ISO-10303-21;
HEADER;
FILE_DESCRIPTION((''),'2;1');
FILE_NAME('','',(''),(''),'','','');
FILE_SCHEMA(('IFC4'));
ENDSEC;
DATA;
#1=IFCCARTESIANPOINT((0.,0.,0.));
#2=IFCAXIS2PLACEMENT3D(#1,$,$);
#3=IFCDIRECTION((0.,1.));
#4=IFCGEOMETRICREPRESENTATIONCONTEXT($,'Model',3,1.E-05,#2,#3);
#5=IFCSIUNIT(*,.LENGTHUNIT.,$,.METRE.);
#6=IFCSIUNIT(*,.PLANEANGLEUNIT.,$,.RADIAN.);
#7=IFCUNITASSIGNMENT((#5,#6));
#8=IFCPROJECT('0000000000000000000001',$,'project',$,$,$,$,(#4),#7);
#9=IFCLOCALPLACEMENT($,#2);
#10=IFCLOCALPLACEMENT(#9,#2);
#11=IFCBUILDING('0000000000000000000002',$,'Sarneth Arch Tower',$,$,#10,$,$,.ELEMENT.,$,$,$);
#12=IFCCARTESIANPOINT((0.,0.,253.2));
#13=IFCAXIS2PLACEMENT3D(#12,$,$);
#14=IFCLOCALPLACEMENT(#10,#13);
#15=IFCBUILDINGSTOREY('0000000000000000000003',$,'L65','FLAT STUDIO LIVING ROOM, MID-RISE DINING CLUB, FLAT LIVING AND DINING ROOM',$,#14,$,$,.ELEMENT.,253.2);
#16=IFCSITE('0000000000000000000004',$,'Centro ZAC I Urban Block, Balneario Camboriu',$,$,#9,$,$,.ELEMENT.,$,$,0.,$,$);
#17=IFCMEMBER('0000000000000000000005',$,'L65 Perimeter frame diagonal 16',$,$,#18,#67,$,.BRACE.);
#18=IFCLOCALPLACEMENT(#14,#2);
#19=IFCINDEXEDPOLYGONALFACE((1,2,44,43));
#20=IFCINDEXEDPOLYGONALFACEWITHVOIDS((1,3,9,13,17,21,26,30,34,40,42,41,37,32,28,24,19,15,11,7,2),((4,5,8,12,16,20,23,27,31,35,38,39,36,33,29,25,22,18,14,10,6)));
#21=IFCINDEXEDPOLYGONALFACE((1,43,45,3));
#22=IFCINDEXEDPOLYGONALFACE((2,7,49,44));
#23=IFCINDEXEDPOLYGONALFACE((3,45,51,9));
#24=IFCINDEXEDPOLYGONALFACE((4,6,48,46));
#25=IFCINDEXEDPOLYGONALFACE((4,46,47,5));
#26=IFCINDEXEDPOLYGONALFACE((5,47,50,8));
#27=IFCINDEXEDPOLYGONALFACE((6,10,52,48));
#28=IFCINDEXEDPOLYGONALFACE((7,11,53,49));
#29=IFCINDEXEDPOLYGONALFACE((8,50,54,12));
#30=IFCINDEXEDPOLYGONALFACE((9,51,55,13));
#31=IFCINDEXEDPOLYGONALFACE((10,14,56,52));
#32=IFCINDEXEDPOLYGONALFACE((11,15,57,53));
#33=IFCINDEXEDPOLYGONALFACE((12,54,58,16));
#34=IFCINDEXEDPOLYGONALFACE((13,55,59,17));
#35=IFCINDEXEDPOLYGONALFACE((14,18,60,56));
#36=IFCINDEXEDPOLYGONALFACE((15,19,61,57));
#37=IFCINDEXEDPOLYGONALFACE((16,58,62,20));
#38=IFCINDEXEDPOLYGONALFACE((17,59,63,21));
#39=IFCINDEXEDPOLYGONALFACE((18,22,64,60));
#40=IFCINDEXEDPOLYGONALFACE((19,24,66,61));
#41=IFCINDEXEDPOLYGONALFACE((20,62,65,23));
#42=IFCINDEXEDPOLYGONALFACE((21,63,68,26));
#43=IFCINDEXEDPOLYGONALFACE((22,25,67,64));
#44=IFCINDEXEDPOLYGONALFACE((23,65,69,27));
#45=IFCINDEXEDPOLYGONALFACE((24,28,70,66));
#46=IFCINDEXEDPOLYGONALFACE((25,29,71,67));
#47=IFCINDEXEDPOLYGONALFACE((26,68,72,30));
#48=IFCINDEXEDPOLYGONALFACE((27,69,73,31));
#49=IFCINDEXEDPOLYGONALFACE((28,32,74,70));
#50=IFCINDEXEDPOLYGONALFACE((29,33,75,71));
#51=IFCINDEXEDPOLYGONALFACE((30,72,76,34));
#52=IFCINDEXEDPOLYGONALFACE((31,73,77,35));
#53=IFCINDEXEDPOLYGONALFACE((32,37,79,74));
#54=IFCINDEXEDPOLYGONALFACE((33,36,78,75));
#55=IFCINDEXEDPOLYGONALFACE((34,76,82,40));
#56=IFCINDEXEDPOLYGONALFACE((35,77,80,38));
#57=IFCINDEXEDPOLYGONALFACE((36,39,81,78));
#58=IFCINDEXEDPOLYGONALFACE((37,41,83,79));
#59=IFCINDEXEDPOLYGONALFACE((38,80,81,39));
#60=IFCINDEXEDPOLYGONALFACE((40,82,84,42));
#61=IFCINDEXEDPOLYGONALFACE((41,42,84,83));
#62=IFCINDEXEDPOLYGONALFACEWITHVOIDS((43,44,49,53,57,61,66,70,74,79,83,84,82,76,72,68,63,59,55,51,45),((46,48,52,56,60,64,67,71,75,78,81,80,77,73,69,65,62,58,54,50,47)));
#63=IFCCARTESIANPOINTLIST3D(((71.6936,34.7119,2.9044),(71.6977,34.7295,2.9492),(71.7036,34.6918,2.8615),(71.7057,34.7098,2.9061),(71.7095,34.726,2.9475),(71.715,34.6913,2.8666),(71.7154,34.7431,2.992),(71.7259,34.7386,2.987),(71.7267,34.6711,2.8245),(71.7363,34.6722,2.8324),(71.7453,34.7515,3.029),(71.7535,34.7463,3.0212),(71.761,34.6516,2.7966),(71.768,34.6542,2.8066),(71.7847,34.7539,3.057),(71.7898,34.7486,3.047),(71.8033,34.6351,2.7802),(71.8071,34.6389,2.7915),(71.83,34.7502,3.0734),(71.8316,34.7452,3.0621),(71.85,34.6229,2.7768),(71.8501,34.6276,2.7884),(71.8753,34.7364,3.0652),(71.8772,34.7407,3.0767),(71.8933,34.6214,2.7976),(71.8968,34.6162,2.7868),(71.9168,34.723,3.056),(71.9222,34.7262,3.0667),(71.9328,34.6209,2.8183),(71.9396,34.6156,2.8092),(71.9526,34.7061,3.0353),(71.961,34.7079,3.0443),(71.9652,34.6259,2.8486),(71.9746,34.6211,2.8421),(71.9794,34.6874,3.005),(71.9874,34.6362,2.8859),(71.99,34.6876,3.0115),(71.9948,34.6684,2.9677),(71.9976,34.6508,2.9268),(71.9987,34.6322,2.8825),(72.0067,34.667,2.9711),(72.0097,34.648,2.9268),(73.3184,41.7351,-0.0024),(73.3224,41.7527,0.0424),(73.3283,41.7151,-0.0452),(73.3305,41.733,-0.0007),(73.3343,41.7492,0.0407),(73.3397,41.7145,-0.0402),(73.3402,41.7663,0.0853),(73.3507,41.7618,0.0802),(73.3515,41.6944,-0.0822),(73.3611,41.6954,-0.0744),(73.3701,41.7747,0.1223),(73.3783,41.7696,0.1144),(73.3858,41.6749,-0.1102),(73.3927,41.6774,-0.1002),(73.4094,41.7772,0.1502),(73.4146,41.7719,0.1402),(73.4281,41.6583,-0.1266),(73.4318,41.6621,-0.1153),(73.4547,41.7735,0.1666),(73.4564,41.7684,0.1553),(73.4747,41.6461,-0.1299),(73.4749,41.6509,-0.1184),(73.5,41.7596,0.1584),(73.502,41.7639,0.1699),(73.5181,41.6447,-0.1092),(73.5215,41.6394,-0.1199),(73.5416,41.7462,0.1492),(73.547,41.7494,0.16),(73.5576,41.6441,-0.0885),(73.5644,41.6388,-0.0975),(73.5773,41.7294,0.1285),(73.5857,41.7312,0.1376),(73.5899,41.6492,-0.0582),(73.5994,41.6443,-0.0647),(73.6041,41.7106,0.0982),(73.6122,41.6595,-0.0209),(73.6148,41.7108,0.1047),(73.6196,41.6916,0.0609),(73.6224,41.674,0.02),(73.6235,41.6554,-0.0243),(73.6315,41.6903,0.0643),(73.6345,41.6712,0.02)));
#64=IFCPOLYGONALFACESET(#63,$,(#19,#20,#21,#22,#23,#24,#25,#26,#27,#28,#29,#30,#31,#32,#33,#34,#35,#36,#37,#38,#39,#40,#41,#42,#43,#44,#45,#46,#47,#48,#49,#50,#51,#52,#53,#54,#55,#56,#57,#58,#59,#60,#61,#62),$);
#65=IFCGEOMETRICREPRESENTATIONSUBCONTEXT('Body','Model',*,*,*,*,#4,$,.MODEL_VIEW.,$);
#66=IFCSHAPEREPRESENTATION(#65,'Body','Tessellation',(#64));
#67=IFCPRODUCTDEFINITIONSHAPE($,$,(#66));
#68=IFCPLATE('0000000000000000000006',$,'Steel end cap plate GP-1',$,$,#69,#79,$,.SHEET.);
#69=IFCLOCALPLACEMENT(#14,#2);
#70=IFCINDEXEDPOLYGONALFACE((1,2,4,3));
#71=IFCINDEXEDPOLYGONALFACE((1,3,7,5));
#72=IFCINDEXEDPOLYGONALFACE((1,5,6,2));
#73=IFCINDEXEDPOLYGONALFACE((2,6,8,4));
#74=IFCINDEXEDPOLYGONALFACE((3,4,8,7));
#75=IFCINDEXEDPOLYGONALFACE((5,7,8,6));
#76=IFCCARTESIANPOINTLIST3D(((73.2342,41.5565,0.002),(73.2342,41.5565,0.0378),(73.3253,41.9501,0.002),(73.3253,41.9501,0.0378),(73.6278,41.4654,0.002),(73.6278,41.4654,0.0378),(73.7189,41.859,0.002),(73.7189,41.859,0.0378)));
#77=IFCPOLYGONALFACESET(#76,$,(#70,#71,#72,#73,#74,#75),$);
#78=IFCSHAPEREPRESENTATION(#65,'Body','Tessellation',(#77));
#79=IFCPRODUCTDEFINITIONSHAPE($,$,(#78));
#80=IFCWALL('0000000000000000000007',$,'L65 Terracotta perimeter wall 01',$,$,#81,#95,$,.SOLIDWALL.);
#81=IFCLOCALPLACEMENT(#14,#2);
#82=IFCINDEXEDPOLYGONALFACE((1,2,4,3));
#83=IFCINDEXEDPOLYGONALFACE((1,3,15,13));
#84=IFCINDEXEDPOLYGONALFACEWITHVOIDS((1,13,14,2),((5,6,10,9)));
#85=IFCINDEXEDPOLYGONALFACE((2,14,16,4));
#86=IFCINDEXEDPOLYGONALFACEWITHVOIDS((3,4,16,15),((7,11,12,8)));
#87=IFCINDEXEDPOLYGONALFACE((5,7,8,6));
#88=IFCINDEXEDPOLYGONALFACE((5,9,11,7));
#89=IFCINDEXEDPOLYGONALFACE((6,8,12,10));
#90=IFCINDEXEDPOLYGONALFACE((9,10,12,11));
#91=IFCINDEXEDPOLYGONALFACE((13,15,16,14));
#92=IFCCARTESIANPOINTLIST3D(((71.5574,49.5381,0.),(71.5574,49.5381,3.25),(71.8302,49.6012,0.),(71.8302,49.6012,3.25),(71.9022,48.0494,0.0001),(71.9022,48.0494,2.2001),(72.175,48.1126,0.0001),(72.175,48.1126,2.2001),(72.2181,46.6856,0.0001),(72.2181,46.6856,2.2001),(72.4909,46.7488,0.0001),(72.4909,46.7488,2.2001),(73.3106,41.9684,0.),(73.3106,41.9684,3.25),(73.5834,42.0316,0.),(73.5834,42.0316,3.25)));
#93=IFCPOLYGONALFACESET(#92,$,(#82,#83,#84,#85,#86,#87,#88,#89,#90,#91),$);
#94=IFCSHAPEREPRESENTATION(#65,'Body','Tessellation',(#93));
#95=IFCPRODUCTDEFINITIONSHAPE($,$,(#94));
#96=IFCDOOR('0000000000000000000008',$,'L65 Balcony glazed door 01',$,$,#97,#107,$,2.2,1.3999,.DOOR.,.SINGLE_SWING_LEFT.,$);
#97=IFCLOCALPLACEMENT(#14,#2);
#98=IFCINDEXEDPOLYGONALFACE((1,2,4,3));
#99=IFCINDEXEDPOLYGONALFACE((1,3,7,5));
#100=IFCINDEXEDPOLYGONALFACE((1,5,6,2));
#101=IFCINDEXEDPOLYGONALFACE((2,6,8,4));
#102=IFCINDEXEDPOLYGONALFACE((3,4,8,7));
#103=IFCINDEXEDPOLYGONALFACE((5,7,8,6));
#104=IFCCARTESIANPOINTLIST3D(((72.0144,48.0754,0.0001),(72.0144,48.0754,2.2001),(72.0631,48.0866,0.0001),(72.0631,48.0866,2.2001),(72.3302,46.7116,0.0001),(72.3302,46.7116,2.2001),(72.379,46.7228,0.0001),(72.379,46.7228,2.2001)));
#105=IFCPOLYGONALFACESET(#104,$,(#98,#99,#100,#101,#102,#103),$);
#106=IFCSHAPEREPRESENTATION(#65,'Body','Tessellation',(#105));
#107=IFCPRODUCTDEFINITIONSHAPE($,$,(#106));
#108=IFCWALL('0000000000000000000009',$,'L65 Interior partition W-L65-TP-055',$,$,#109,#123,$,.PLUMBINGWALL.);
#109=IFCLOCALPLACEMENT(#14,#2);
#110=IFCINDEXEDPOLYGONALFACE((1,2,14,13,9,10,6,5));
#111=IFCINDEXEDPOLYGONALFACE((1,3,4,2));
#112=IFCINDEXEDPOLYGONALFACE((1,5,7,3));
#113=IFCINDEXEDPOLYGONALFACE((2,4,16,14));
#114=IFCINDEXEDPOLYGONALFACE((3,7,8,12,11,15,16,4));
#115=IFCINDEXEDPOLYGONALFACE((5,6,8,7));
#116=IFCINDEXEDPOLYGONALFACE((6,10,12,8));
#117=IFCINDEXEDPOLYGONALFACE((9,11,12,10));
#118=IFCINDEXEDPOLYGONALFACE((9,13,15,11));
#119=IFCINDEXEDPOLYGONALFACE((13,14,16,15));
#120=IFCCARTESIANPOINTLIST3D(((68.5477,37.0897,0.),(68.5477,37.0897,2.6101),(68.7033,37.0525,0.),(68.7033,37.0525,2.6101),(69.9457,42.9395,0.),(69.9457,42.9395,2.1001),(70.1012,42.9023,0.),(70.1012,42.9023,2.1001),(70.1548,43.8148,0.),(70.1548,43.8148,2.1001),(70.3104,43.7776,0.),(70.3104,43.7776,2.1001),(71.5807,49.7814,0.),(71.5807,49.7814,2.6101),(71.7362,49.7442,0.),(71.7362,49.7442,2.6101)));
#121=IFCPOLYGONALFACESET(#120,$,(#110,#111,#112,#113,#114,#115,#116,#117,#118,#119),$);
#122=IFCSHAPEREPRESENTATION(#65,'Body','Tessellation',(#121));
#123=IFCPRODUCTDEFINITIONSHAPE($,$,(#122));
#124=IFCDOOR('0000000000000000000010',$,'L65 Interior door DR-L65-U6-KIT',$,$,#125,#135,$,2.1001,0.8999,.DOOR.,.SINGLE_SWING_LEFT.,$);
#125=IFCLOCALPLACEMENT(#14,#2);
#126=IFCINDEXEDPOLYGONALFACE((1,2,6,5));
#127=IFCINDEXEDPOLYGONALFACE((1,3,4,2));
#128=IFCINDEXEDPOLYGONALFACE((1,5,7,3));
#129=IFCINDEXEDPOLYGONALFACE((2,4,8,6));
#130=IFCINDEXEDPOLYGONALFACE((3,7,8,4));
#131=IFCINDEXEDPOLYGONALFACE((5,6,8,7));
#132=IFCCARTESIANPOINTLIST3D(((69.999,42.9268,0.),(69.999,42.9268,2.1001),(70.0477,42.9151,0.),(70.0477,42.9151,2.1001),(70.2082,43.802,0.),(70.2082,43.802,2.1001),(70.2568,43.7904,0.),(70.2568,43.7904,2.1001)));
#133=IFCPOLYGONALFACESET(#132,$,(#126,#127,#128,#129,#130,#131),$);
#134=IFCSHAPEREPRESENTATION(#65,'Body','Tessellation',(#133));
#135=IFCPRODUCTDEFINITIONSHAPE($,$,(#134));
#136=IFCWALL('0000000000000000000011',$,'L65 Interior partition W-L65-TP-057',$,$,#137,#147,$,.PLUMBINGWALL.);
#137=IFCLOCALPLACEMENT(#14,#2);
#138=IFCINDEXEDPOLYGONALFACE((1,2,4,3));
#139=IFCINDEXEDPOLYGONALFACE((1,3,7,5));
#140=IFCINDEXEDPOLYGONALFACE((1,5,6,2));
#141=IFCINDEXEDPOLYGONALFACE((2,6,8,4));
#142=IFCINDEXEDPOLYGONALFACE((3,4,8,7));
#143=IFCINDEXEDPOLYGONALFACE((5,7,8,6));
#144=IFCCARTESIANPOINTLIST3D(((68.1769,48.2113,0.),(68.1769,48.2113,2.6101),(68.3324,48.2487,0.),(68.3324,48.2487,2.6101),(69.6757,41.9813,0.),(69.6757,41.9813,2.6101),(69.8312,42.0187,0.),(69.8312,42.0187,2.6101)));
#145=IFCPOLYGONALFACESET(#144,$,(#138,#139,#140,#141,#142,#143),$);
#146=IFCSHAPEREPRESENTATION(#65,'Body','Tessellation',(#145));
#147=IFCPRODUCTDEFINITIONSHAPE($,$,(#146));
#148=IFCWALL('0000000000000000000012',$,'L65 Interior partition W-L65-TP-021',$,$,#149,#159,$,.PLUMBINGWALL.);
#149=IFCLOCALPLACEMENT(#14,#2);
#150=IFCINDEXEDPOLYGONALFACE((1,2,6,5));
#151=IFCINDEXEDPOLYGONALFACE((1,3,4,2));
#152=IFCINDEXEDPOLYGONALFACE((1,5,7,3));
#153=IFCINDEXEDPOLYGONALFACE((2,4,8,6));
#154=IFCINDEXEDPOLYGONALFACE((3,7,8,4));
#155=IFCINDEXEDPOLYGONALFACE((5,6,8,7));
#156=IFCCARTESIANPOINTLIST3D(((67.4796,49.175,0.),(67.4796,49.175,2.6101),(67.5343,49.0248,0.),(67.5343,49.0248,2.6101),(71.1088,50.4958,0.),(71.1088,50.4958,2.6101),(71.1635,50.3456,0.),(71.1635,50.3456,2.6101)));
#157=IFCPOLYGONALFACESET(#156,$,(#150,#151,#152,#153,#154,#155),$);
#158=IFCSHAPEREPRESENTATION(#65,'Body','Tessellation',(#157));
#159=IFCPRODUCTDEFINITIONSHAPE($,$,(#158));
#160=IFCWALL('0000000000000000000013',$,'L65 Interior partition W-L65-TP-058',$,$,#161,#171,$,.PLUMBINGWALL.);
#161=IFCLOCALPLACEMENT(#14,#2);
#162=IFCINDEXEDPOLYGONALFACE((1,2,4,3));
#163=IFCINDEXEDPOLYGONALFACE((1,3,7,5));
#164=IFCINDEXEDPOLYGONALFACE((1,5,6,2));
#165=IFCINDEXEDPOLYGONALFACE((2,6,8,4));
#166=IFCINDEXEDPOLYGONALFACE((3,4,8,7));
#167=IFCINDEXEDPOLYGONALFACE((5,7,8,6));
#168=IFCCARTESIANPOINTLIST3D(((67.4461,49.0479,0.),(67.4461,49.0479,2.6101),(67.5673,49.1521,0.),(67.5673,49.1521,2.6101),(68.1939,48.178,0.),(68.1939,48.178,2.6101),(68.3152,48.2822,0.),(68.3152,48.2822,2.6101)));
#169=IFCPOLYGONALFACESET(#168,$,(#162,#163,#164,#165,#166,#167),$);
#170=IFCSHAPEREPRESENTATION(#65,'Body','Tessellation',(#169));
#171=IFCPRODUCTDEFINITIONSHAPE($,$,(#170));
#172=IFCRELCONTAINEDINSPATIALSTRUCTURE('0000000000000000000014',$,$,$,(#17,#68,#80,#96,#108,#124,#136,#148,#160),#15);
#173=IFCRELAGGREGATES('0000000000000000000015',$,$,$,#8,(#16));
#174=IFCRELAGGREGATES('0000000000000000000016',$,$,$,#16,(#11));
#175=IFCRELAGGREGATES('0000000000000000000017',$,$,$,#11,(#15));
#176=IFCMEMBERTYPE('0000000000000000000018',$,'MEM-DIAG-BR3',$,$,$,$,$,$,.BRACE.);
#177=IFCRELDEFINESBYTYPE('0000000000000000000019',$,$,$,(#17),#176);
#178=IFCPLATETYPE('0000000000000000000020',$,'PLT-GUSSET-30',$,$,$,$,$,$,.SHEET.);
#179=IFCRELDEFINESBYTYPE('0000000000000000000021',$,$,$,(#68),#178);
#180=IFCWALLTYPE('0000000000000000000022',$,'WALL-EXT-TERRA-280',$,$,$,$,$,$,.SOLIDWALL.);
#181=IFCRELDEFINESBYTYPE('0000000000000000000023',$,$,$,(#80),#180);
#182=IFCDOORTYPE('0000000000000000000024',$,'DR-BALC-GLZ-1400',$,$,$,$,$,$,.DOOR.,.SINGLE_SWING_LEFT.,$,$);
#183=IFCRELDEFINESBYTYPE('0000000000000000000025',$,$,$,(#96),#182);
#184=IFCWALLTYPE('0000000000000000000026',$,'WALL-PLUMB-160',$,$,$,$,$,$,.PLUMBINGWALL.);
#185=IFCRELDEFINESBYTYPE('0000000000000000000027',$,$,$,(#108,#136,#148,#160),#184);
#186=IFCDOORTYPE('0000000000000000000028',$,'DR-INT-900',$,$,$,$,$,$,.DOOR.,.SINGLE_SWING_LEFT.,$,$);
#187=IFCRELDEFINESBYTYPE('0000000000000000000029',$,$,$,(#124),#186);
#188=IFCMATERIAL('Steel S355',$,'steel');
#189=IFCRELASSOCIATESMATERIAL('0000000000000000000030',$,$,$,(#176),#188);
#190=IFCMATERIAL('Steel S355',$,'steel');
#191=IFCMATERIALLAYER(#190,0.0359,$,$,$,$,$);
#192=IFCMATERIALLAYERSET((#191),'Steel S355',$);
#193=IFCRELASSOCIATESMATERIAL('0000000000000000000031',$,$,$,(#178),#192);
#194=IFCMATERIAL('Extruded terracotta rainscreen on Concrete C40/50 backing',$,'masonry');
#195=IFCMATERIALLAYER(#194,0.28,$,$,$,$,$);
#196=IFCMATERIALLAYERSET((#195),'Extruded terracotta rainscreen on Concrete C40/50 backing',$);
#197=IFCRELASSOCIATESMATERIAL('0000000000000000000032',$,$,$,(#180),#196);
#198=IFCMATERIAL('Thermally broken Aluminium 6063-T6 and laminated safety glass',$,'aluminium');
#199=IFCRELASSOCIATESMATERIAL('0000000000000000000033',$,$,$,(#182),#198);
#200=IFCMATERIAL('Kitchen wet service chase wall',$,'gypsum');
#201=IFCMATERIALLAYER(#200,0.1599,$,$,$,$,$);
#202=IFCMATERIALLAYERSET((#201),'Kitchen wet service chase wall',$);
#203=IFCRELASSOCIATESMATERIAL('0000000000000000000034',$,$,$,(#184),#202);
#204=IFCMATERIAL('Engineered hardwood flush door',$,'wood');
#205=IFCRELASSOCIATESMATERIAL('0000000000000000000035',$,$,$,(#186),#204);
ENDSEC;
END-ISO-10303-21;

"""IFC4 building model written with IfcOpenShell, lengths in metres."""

from ifc_helpers import new_model, si_unit, direction, frame, frame_2d, origin, origin_2d, place, context, subcontext, project, spatial, rectangle, hollow_circle, extrude, material, layer, layer_set, material_profile, profile_set, type_object, element, fill, save


model = new_model("IFC4")

# Units and contexts
model_context = context("Model", 3, precision=1e-05, world=origin(), true_north=direction((0.0, 1.0)))
body_context = subcontext(model_context, "Body", "Model", "MODEL_VIEW")
ifc_project = project(units=[si_unit("LENGTHUNIT", "METRE"), si_unit("PLANEANGLEUNIT", "RADIAN")], contexts=[model_context])

# Site, building, storey
site_placement = place(None, origin())
site = spatial("IfcSite", under=ifc_project, at=site_placement, Name="Centro ZAC I Urban Block, Balneario Camboriu", CompositionType="ELEMENT", RefElevation=0.0)
building_placement = place(site_placement, origin())
building = spatial("IfcBuilding", under=site, at=building_placement, Name="Sarneth Arch Tower", CompositionType="ELEMENT")
storey_placement = place(building_placement, frame((0.0, 0.0, 253.2)))
storey = spatial("IfcBuildingStorey", under=building, at=storey_placement, Name="L65", Description="FLAT STUDIO LIVING ROOM, MID-RISE DINING CLUB, FLAT LIVING AND DINING ROOM", CompositionType="ELEMENT", Elevation=253.2)

# Member
ifc_material_1 = material(Name="Steel S355", Category="steel")
ifc_material_profile_1 = material_profile(ifc_material_1, hollow_circle(Radius=0.1621, WallThickness=0.0125, at=origin_2d()), Name="CHS324x12.5")
ifc_profile_set_1 = profile_set([ifc_material_profile_1], Name="Steel S355")
member_type_1 = type_object("IfcMemberType", Name="MEM-DIAG-BR3", PredefinedType="BRACE", material=ifc_profile_set_1)
member_1_placement = place(storey_placement, frame((73.4766, 41.7078, 0.02), z_axis=(-0.209035, -0.903577, 0.37397), x_axis=(0.974269, -0.225389, 0.0)))
element("IfcMember", 1, at=member_1_placement, inside=storey, type_object=member_type_1, Name="L65 Perimeter frame diagonal 16", PredefinedType="BRACE", context=body_context, shape_type="SweptSolid", body=[
    extrude(hollow_circle(Radius=0.1621, WallThickness=0.0125, at=origin_2d()), origin(), (0.0, 0.0, 1.0), 7.7727),
])

# Plate
ifc_material_2 = material(Name="Steel S355", Category="steel")
ifc_layer_1 = layer(ifc_material_2, 0.0359)
ifc_layer_set_1 = layer_set([ifc_layer_1], Name="Steel S355")
plate_type = type_object("IfcPlateType", Name="PLT-GUSSET-30", PredefinedType="SHEET", material=ifc_layer_set_1)
plate_placement = place(storey_placement, frame((73.4766, 41.7078, 0.002), z_axis=(0.0, 0.0, 1.0), x_axis=(0.225461, 0.974252, 0.0)))
element("IfcPlate", 2, at=plate_placement, inside=storey, type_object=plate_type, Name="Steel end cap plate GP-1", PredefinedType="SHEET", context=body_context, shape_type="SweptSolid", body=[
    extrude(rectangle(XDim=0.4041, YDim=0.4041, at=origin_2d()), origin(), (0.0, 0.0, 1.0), 0.0359),
])

# Walls, openings, doors
ifc_material_3 = material(Name="Extruded terracotta rainscreen on Concrete C40/50 backing", Category="masonry")
ifc_layer_2 = layer(ifc_material_3, 0.28)
ifc_layer_set_2 = layer_set([ifc_layer_2], Name="Extruded terracotta rainscreen on Concrete C40/50 backing")
wall_type_1 = type_object("IfcWallType", Name="WALL-EXT-TERRA-280", PredefinedType="SOLIDWALL", material=ifc_layer_set_2)
wall_1_placement = place(storey_placement, frame((73.447, 42.0, 0.0), z_axis=(0.0, 0.0, 1.0), x_axis=(-0.225635, 0.974212, 0.0)))
wall_1 = element("IfcWall", 3, at=wall_1_placement, inside=storey, type_object=wall_type_1, Name="L65 Terracotta perimeter wall 01", PredefinedType="SOLIDWALL", context=body_context, shape_type="SweptSolid", body=[
    extrude(rectangle(XDim=7.77, YDim=0.28, at=frame_2d((3.885, 0.0))), origin(), (0.0, 0.0, 1.0), 3.25),
])
opening_1_placement = place(wall_1_placement, frame((4.842, 0.0, 0.0)))
opening_1 = element("IfcOpeningElement", 4, at=opening_1_placement, cuts=wall_1, PredefinedType="OPENING", context=body_context, shape_type="SweptSolid", body=[
    extrude(rectangle(XDim=1.3999, YDim=2.2, at=frame_2d((0.7, 1.1001))), frame((0.0, 0.1499, 0.0), z_axis=(0.0, -1.0, 0.0), x_axis=(1.0, 0.0, 0.0)), (0.0, 0.0, 1.0), 0.3),
])
ifc_material_4 = material(Name="Thermally broken Aluminium 6063-T6 and laminated safety glass", Category="aluminium")
door_type_1 = type_object("IfcDoorType", Name="DR-BALC-GLZ-1400", OperationType="SINGLE_SWING_LEFT", PredefinedType="DOOR", material=ifc_material_4)
door_1_placement = place(opening_1_placement, origin())
door_1 = element("IfcDoor", 5, at=door_1_placement, inside=storey, type_object=door_type_1, Name="L65 Balcony glazed door 01", OperationType="SINGLE_SWING_LEFT", OverallHeight=2.2, OverallWidth=1.3999, PredefinedType="DOOR", context=body_context, shape_type="SweptSolid", body=[
    extrude(rectangle(XDim=1.3999, YDim=2.2, at=frame_2d((0.7, 1.1001))), frame((0.0, 0.0249, 0.0), z_axis=(0.0, -1.0, 0.0), x_axis=(1.0, 0.0, 0.0)), (0.0, 0.0, 1.0), 0.05),
])
fill(opening_1, door_1)
ifc_material_5 = material(Name="Kitchen wet service chase wall", Category="gypsum")
ifc_layer_3 = layer(ifc_material_5, 0.1599)
ifc_layer_set_3 = layer_set([ifc_layer_3], Name="Kitchen wet service chase wall")
wall_type_2 = type_object("IfcWallType", Name="WALL-PLUMB-160", PredefinedType="PLUMBINGWALL", material=ifc_layer_set_3)
wall_2_placement = place(storey_placement, frame((71.6584, 49.7627, 0.0), z_axis=(0.0, 0.0, 1.0), x_axis=(-0.232428, -0.972614, 0.0)))
wall_2 = element("IfcWall", 6, at=wall_2_placement, inside=storey, type_object=wall_type_2, Name="L65 Interior partition W-L65-TP-055", PredefinedType="PLUMBINGWALL", context=body_context, shape_type="SweptSolid", body=[
    extrude(rectangle(XDim=13.0491, YDim=0.1599, at=frame_2d((6.5244, 0.0))), origin(), (0.0, 0.0, 1.0), 2.6101),
])
opening_2_placement = place(wall_2_placement, frame((6.1345, 0.0, 0.0)))
opening_2 = element("IfcOpeningElement", 7, at=opening_2_placement, cuts=wall_2, PredefinedType="OPENING", context=body_context, shape_type="SweptSolid", body=[
    extrude(rectangle(XDim=0.8999, YDim=2.1001, at=frame_2d((0.45, 1.05))), frame((0.0, 0.0898, 0.0), z_axis=(0.0, -1.0, 0.0), x_axis=(1.0, 0.0, 0.0)), (0.0, 0.0, 1.0), 0.1799),
])
ifc_material_6 = material(Name="Engineered hardwood flush door", Category="wood")
door_type_2 = type_object("IfcDoorType", Name="DR-INT-900", OperationType="SINGLE_SWING_LEFT", PredefinedType="DOOR", material=ifc_material_6)
door_2_placement = place(opening_2_placement, origin())
door_2 = element("IfcDoor", 8, at=door_2_placement, inside=storey, type_object=door_type_2, Name="L65 Interior door DR-L65-U6-KIT", OperationType="SINGLE_SWING_LEFT", OverallHeight=2.1001, OverallWidth=0.8999, PredefinedType="DOOR", context=body_context, shape_type="SweptSolid", body=[
    extrude(rectangle(XDim=0.8999, YDim=2.1001, at=frame_2d((0.45, 1.05))), frame((0.0, 0.0249, 0.0), z_axis=(0.0, -1.0, 0.0), x_axis=(1.0, 0.0, 0.0)), (0.0, 0.0, 1.0), 0.05),
])
fill(opening_2, door_2)

# Walls
wall_3_placement = place(storey_placement, frame((69.7534, 42.0, 0.0), z_axis=(0.0, 0.0, 1.0), x_axis=(-0.233902, 0.97226, 0.0)))
element("IfcWall", 9, at=wall_3_placement, inside=storey, type_object=wall_type_2, Name="L65 Interior partition W-L65-TP-057", PredefinedType="PLUMBINGWALL", context=body_context, shape_type="SweptSolid", body=[
    extrude(rectangle(XDim=6.4077, YDim=0.1599, at=frame_2d((3.2039, 0.0))), origin(), (0.0, 0.0, 1.0), 2.6101),
])
wall_4_placement = place(storey_placement, frame((67.5068, 49.0999, 0.0), z_axis=(0.0, 0.0, 1.0), x_axis=(0.939701, 0.341997, 0.0)))
element("IfcWall", 10, at=wall_4_placement, inside=storey, type_object=wall_type_2, Name="L65 Interior partition W-L65-TP-021", PredefinedType="PLUMBINGWALL", context=body_context, shape_type="SweptSolid", body=[
    extrude(rectangle(XDim=3.8621, YDim=0.1599, at=frame_2d((1.9312, 0.0))), origin(), (0.0, 0.0, 1.0), 2.6101),
])
wall_5_placement = place(storey_placement, frame((68.2546, 48.23, 0.0), z_axis=(0.0, 0.0, 1.0), x_axis=(-0.651895, 0.758309, 0.0)))
element("IfcWall", 11, at=wall_5_placement, inside=storey, type_object=wall_type_2, Name="L65 Interior partition W-L65-TP-058", PredefinedType="PLUMBINGWALL", context=body_context, shape_type="SweptSolid", body=[
    extrude(rectangle(XDim=1.1472, YDim=0.1599, at=frame_2d((0.5737, 0.0))), origin(), (0.0, 0.0, 1.0), 2.6101),
])

save(model, "model.ifc")
